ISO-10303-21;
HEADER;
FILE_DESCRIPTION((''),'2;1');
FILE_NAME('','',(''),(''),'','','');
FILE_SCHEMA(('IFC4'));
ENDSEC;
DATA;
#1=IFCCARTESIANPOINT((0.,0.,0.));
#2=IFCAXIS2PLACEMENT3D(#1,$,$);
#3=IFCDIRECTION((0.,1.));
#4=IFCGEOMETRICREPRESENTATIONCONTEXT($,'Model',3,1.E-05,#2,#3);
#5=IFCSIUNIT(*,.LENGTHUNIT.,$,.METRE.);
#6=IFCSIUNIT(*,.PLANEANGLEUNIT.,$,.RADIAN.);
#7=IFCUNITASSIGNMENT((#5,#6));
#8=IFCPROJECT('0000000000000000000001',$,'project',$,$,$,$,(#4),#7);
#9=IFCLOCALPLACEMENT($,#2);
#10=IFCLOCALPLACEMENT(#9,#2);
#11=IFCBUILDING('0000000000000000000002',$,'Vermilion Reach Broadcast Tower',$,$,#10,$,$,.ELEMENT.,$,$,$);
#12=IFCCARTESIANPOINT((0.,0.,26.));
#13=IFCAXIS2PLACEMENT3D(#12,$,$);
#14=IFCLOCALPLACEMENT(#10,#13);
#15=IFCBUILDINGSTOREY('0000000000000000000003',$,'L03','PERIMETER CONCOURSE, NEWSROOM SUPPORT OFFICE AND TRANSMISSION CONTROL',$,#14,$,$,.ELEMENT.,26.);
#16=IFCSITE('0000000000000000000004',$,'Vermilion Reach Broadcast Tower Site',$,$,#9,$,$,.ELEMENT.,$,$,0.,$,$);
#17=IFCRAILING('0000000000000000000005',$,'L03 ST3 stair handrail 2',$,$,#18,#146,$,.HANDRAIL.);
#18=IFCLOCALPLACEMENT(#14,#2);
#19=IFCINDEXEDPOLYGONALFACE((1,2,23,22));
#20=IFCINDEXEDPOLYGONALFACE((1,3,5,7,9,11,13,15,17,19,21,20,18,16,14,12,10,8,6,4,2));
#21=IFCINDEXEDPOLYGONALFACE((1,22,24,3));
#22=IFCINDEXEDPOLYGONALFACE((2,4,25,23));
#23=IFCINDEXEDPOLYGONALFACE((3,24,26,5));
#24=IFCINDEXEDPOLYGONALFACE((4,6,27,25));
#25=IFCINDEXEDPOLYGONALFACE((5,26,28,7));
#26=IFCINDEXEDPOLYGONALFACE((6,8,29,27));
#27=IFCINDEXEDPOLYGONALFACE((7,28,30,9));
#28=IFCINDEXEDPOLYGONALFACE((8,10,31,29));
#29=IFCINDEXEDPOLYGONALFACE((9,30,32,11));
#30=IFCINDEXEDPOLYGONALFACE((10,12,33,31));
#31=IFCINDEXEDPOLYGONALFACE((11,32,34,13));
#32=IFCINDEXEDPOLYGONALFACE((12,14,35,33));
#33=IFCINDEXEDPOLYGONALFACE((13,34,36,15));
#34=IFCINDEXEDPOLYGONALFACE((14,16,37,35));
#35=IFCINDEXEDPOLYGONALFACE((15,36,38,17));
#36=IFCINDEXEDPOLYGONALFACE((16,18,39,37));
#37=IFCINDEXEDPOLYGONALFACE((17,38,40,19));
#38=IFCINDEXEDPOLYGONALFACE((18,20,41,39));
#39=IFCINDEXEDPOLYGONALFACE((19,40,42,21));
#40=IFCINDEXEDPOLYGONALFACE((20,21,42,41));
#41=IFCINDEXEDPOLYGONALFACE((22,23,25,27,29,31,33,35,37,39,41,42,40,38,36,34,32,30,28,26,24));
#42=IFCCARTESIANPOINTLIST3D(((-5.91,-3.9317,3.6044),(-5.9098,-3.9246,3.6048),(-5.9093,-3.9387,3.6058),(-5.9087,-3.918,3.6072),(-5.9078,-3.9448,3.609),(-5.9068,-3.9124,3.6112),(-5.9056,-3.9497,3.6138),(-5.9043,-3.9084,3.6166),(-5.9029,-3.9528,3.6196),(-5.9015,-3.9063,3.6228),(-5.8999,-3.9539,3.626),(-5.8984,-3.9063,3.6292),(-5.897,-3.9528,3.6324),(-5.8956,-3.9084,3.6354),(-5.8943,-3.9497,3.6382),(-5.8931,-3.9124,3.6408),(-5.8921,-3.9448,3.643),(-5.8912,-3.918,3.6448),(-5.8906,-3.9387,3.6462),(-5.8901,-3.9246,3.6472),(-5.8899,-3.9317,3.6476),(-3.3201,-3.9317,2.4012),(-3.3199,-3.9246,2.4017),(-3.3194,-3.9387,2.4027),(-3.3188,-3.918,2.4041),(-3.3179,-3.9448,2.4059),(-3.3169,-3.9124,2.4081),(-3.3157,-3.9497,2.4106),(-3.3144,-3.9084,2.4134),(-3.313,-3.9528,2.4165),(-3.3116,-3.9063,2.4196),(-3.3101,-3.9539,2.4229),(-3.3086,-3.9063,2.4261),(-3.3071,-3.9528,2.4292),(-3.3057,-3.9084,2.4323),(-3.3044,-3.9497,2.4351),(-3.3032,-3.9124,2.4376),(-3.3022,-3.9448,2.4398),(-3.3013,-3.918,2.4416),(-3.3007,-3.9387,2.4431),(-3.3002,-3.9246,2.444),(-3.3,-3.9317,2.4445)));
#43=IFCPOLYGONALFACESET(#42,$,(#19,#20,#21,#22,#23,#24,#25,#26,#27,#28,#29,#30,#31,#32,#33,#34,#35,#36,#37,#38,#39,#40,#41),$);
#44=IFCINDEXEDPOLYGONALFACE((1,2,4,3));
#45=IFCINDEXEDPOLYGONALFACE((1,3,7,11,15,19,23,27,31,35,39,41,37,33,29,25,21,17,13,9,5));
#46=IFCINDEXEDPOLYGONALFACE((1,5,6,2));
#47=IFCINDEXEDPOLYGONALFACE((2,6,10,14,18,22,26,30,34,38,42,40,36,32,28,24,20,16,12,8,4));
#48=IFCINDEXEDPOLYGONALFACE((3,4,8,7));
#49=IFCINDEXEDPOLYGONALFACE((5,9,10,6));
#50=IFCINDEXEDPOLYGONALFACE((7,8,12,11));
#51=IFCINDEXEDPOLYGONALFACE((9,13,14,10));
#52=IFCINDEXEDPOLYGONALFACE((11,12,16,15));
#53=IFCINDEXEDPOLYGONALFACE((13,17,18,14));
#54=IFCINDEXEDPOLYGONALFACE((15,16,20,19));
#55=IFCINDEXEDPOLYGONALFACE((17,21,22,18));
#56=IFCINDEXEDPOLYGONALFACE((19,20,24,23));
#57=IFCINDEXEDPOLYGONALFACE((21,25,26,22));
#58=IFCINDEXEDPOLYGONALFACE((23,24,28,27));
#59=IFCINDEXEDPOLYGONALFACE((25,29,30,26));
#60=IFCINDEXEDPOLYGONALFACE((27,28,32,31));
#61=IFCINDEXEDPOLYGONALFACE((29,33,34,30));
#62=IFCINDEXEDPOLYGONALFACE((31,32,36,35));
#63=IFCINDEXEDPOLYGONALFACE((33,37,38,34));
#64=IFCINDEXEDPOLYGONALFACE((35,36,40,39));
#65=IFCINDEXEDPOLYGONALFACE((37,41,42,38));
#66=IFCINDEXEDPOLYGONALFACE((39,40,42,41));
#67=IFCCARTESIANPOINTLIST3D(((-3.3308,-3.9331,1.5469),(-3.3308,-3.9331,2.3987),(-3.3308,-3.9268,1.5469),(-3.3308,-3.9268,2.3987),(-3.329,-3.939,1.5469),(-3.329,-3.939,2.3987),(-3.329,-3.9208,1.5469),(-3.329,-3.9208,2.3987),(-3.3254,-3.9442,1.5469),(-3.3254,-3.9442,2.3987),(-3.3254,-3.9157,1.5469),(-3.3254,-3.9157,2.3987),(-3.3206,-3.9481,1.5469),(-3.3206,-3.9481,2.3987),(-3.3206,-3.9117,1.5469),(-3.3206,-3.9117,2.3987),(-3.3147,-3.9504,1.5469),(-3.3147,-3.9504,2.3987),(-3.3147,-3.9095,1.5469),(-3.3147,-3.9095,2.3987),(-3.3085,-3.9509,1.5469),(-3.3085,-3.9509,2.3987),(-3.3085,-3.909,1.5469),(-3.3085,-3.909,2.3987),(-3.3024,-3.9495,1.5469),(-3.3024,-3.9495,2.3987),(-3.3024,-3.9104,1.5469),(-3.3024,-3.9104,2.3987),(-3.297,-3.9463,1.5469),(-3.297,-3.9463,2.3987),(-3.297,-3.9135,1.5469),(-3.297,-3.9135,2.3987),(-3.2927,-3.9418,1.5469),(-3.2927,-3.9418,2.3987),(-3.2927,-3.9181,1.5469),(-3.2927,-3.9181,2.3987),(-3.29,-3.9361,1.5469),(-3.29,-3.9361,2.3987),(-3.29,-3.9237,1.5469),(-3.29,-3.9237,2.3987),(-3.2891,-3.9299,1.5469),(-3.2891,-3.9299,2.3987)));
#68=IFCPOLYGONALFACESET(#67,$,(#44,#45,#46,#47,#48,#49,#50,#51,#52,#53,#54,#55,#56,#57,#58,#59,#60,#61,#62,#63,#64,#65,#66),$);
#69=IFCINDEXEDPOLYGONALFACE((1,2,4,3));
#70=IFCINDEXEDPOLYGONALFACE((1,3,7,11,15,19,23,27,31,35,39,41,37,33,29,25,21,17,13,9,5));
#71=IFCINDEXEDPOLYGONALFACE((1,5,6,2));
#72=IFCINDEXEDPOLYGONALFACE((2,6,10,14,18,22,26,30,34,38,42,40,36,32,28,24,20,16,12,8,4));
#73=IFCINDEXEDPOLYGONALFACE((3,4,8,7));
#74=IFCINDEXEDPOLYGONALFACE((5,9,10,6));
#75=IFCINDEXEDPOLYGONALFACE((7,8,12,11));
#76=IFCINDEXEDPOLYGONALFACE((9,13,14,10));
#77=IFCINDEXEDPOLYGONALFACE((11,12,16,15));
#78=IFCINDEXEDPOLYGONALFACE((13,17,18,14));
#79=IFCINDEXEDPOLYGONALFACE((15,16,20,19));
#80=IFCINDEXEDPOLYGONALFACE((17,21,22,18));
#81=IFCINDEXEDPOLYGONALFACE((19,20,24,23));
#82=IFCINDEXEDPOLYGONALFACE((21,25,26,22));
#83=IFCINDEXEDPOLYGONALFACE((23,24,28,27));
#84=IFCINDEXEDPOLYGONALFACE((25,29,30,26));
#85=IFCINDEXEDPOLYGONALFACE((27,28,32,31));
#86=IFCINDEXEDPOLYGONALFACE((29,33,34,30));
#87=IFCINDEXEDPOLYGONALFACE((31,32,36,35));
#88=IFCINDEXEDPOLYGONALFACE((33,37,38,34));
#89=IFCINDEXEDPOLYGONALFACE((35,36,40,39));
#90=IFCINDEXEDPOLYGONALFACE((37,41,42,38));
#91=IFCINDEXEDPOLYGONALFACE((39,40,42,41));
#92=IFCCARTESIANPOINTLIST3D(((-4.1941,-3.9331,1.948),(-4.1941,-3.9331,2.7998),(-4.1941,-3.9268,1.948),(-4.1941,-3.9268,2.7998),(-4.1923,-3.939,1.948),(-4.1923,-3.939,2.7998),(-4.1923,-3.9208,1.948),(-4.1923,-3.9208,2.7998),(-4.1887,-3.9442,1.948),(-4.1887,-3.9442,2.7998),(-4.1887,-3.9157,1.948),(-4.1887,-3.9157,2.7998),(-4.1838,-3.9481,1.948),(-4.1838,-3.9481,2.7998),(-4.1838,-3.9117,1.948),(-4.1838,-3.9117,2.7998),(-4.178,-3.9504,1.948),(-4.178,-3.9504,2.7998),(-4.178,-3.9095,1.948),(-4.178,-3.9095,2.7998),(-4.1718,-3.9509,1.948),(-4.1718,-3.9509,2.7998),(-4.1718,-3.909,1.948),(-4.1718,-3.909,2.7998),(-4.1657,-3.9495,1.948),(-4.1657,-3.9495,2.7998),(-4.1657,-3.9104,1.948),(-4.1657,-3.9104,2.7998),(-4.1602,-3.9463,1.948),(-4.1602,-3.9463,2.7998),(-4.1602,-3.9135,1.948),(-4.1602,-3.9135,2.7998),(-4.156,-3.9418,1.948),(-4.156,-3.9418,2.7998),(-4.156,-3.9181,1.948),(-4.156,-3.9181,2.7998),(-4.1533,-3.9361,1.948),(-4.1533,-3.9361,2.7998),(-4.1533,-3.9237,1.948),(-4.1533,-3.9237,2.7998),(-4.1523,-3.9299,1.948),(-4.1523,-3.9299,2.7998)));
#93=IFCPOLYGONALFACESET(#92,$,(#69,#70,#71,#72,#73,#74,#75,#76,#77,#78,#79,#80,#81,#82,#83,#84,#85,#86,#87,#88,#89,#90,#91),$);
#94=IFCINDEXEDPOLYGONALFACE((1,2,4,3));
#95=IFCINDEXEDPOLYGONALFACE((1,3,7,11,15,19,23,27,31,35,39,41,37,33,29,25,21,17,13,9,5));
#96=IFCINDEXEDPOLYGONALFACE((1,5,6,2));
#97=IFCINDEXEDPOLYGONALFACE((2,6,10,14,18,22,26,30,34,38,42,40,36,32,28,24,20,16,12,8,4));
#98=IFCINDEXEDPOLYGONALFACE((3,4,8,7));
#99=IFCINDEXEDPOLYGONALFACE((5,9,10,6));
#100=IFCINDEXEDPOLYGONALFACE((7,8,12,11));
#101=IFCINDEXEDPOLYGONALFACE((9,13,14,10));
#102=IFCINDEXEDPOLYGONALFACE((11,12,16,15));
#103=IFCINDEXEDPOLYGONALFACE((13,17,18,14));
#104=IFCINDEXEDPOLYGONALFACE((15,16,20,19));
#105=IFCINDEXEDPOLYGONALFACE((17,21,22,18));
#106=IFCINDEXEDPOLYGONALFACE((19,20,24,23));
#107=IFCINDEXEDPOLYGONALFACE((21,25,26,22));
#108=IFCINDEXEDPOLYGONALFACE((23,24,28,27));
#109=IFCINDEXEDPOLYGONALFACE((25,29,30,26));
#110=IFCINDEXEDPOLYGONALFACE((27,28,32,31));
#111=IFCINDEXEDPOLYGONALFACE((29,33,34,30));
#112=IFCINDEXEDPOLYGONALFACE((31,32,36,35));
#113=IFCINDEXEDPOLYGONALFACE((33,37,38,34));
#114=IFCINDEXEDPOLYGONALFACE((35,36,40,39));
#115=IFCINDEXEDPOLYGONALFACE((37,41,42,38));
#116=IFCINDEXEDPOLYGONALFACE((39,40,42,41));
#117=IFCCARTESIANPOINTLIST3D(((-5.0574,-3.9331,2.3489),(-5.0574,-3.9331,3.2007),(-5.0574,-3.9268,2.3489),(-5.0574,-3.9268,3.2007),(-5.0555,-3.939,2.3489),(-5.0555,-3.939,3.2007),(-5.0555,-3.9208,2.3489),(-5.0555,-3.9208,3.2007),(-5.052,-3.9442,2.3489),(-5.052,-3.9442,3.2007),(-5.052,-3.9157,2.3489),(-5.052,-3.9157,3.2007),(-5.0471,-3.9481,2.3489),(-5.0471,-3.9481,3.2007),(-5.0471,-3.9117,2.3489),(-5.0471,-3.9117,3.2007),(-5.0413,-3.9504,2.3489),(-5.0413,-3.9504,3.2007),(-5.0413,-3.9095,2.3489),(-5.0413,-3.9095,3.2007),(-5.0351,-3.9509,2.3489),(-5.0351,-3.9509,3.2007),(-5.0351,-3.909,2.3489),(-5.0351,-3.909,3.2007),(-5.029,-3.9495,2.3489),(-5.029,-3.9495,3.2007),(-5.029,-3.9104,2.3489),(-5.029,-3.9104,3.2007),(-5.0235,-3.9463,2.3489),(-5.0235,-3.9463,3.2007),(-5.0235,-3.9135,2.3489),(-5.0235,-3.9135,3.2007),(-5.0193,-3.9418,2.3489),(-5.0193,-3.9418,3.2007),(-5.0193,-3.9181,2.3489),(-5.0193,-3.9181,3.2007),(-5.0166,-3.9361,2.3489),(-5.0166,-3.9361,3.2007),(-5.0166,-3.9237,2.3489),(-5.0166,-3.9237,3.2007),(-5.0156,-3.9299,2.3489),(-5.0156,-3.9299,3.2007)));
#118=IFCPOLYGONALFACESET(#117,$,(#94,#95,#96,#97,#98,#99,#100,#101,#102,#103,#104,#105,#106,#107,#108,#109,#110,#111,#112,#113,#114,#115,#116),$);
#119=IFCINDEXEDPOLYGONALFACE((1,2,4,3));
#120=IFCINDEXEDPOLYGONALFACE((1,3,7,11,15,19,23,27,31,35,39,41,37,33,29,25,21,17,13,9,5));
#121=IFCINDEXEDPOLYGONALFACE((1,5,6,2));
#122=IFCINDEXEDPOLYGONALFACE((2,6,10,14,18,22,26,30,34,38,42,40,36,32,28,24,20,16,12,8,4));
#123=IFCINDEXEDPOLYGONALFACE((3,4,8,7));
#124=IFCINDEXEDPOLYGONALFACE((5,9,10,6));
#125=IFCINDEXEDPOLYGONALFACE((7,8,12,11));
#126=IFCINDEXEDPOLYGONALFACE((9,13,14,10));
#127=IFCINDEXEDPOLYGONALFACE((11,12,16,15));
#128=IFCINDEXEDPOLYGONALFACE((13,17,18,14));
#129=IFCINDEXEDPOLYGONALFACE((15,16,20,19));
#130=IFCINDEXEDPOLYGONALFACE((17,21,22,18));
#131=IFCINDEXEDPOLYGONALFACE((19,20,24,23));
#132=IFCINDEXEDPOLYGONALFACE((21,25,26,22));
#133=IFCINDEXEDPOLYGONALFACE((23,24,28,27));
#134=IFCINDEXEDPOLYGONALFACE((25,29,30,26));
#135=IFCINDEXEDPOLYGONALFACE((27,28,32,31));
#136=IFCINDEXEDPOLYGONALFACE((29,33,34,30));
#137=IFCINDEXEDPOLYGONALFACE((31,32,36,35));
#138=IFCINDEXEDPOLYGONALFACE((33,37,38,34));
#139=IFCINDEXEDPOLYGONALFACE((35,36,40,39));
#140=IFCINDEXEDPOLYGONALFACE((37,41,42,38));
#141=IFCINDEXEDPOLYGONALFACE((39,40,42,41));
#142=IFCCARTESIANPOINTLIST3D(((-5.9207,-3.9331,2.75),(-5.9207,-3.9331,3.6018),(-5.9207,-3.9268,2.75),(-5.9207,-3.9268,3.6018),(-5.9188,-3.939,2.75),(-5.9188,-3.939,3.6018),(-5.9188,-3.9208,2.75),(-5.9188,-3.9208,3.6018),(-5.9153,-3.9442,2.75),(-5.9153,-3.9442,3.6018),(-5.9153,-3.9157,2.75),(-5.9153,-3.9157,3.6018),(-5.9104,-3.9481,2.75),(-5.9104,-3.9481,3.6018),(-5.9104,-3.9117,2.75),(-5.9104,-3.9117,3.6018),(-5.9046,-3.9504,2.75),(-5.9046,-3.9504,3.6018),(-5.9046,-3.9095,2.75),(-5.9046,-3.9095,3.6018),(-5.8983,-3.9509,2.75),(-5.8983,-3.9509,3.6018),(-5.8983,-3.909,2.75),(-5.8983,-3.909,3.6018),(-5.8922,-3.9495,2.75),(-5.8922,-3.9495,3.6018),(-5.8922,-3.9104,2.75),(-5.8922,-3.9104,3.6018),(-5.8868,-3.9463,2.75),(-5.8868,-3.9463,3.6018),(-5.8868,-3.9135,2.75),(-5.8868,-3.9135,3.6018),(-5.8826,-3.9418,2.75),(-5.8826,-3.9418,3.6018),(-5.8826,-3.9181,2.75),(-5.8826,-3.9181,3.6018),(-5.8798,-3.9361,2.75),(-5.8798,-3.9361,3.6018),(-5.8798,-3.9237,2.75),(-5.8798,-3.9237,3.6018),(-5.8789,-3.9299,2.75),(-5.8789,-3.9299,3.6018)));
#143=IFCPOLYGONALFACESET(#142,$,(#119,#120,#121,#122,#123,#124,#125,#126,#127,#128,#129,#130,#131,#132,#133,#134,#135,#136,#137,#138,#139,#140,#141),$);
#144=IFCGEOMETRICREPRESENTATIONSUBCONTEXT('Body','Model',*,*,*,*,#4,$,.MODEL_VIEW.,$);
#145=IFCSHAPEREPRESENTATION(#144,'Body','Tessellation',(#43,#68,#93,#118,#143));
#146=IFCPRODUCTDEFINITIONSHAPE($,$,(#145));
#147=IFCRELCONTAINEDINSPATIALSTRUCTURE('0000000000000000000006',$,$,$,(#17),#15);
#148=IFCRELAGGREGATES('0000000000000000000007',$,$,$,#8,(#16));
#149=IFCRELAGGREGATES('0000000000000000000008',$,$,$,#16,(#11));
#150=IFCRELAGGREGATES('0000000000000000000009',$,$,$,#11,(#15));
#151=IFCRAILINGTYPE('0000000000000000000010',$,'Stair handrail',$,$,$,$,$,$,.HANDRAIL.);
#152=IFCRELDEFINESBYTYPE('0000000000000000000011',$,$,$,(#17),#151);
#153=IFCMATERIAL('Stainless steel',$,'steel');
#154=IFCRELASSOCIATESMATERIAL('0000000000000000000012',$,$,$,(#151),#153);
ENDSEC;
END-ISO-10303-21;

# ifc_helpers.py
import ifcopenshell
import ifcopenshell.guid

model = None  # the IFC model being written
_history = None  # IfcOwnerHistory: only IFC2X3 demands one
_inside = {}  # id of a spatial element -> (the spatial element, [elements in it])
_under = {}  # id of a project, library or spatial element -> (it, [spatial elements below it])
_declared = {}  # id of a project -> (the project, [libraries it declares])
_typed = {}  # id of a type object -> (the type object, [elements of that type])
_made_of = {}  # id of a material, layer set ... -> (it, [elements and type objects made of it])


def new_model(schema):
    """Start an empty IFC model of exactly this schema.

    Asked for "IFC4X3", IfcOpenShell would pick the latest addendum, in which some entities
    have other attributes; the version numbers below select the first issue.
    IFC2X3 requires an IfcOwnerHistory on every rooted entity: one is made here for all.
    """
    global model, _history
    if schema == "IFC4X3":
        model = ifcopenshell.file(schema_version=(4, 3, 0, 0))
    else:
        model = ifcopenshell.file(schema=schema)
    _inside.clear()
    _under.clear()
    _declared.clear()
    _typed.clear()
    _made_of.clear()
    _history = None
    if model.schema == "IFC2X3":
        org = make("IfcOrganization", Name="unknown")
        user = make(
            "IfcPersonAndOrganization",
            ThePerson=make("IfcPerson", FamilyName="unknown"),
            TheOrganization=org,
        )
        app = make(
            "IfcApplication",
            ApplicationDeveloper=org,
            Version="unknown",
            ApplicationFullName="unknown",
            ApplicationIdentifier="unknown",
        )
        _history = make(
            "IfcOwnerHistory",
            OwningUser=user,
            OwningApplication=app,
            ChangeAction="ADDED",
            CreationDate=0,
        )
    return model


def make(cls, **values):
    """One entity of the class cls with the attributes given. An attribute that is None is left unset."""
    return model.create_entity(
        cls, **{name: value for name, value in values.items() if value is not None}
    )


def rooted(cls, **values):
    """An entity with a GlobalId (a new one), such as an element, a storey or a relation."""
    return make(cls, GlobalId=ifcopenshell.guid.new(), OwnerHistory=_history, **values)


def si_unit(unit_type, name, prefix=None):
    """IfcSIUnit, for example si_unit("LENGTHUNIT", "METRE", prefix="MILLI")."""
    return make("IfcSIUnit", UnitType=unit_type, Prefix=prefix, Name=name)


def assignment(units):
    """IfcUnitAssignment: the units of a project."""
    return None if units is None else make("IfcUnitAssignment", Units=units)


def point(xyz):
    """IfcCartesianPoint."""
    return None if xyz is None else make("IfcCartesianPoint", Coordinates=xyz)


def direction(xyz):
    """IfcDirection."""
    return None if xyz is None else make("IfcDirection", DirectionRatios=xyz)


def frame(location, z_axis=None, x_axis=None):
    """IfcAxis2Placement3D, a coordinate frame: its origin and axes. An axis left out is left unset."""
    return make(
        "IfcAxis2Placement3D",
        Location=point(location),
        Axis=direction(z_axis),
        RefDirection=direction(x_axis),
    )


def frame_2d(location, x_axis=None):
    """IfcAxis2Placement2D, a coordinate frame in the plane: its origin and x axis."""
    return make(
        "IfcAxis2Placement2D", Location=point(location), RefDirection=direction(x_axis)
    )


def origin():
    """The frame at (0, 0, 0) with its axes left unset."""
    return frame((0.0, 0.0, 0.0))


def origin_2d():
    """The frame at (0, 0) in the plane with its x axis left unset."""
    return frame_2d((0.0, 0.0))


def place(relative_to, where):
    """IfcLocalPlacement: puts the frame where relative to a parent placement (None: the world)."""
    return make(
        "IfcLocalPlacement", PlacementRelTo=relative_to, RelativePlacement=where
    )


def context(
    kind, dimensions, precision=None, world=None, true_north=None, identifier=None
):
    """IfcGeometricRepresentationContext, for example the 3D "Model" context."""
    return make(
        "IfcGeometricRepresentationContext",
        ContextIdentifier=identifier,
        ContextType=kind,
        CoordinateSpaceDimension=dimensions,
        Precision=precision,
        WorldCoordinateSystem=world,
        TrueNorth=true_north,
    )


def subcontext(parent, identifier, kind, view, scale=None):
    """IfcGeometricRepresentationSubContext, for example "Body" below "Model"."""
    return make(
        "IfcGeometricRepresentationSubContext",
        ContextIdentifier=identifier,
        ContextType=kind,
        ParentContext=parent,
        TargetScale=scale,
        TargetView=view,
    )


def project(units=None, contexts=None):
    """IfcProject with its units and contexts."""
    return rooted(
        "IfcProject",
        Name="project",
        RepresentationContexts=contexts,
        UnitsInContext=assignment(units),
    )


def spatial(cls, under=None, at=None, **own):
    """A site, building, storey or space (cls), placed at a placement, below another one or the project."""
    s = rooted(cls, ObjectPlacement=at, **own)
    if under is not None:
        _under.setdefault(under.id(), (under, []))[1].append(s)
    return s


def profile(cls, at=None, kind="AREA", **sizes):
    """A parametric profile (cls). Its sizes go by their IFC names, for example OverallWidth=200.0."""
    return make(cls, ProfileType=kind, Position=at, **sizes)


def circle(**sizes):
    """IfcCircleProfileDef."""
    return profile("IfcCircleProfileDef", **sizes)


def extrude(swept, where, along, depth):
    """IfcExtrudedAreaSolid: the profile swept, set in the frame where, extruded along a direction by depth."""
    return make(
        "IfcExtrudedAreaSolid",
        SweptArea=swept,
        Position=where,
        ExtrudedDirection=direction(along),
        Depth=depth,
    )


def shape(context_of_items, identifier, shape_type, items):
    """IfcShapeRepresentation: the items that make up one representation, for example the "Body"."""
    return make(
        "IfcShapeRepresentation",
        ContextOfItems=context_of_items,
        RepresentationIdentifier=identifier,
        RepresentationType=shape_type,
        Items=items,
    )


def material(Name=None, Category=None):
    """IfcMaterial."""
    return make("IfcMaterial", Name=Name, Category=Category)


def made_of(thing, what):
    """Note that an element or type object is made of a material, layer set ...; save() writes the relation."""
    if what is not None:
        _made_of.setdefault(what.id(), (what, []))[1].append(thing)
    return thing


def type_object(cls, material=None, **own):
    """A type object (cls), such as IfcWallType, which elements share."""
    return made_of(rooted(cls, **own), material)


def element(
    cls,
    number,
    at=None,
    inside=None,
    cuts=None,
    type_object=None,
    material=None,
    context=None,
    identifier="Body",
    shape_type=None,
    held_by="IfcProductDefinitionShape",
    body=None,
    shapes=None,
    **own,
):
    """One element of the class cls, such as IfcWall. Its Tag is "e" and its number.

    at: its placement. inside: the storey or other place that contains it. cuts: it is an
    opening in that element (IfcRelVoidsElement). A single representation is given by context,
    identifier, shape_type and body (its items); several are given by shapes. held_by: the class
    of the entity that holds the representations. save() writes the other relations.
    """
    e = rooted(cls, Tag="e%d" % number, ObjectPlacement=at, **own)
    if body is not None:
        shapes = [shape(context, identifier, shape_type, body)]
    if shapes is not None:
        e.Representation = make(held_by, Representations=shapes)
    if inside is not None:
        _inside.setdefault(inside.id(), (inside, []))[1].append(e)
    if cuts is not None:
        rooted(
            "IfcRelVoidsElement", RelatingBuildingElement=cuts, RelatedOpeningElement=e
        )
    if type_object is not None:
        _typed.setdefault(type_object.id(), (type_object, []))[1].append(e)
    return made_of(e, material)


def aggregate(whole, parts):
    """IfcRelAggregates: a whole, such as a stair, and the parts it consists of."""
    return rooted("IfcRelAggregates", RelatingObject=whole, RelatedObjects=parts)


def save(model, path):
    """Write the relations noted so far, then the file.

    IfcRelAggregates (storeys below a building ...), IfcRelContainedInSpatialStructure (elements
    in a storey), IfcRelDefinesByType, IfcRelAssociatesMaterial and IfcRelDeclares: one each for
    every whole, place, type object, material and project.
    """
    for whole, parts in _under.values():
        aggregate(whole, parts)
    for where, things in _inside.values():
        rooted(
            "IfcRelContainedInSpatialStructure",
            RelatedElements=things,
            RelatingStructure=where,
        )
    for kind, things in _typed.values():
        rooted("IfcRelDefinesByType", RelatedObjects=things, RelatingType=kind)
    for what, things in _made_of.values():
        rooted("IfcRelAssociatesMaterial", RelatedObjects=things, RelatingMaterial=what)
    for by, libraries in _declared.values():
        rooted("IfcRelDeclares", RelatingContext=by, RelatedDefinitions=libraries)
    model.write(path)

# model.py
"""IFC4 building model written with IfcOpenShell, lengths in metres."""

from ifc_helpers import new_model, si_unit, direction, frame, origin, origin_2d, place, context, subcontext, project, spatial, circle, extrude, material, type_object, element, save


model = new_model("IFC4")

# Units and contexts
model_context = context("Model", 3, precision=1e-05, world=origin(), true_north=direction((0.0, 1.0)))
body_context = subcontext(model_context, "Body", "Model", "MODEL_VIEW")
ifc_project = project(units=[si_unit("LENGTHUNIT", "METRE"), si_unit("PLANEANGLEUNIT", "RADIAN")], contexts=[model_context])

# Site, building, storey
site_placement = place(None, origin())
site = spatial("IfcSite", under=ifc_project, at=site_placement, Name="Vermilion Reach Broadcast Tower Site", CompositionType="ELEMENT", RefElevation=0.0)
building_placement = place(site_placement, origin())
building = spatial("IfcBuilding", under=site, at=building_placement, Name="Vermilion Reach Broadcast Tower", CompositionType="ELEMENT")
storey_placement = place(building_placement, frame((0.0, 0.0, 26.0)))
storey = spatial("IfcBuildingStorey", under=building, at=storey_placement, Name="L03", Description="PERIMETER CONCOURSE, NEWSROOM SUPPORT OFFICE AND TRANSMISSION CONTROL", CompositionType="ELEMENT", Elevation=26.0)

# Railing
ifc_material_1 = material(Name="Stainless steel", Category="steel")
railing_type_1 = type_object("IfcRailingType", Name="Stair handrail", PredefinedType="HANDRAIL", material=ifc_material_1)
railing_1_placement = place(storey_placement, frame((-3.3101, -3.9299, 1.5469)))
element("IfcRailing", 1, at=railing_1_placement, inside=storey, type_object=railing_type_1, Name="L03 ST3 stair handrail 2", PredefinedType="HANDRAIL", context=body_context, shape_type="SweptSolid", body=[
    extrude(circle(Radius=0.0239, at=origin_2d()), frame((0.0, 0.0, 0.876), z_axis=(-0.906916, 0.0, 0.421312), x_axis=(0.0, -1.0, 0.0)), (0.0, 0.0, 1.0), 2.8557),
    extrude(circle(Radius=0.021, at=origin_2d()), origin(), (0.0, 0.0, 1.0), 0.8518),
    extrude(circle(Radius=0.021, at=origin_2d()), frame((-0.8633, 0.0, 0.4011)), (0.0, 0.0, 1.0), 0.8518),
    extrude(circle(Radius=0.021, at=origin_2d()), frame((-1.7266, 0.0, 0.802)), (0.0, 0.0, 1.0), 0.8518),
    extrude(circle(Radius=0.021, at=origin_2d()), frame((-2.5898, 0.0, 1.2031)), (0.0, 0.0, 1.0), 0.8518),
])

save(model, "model.ifc")
